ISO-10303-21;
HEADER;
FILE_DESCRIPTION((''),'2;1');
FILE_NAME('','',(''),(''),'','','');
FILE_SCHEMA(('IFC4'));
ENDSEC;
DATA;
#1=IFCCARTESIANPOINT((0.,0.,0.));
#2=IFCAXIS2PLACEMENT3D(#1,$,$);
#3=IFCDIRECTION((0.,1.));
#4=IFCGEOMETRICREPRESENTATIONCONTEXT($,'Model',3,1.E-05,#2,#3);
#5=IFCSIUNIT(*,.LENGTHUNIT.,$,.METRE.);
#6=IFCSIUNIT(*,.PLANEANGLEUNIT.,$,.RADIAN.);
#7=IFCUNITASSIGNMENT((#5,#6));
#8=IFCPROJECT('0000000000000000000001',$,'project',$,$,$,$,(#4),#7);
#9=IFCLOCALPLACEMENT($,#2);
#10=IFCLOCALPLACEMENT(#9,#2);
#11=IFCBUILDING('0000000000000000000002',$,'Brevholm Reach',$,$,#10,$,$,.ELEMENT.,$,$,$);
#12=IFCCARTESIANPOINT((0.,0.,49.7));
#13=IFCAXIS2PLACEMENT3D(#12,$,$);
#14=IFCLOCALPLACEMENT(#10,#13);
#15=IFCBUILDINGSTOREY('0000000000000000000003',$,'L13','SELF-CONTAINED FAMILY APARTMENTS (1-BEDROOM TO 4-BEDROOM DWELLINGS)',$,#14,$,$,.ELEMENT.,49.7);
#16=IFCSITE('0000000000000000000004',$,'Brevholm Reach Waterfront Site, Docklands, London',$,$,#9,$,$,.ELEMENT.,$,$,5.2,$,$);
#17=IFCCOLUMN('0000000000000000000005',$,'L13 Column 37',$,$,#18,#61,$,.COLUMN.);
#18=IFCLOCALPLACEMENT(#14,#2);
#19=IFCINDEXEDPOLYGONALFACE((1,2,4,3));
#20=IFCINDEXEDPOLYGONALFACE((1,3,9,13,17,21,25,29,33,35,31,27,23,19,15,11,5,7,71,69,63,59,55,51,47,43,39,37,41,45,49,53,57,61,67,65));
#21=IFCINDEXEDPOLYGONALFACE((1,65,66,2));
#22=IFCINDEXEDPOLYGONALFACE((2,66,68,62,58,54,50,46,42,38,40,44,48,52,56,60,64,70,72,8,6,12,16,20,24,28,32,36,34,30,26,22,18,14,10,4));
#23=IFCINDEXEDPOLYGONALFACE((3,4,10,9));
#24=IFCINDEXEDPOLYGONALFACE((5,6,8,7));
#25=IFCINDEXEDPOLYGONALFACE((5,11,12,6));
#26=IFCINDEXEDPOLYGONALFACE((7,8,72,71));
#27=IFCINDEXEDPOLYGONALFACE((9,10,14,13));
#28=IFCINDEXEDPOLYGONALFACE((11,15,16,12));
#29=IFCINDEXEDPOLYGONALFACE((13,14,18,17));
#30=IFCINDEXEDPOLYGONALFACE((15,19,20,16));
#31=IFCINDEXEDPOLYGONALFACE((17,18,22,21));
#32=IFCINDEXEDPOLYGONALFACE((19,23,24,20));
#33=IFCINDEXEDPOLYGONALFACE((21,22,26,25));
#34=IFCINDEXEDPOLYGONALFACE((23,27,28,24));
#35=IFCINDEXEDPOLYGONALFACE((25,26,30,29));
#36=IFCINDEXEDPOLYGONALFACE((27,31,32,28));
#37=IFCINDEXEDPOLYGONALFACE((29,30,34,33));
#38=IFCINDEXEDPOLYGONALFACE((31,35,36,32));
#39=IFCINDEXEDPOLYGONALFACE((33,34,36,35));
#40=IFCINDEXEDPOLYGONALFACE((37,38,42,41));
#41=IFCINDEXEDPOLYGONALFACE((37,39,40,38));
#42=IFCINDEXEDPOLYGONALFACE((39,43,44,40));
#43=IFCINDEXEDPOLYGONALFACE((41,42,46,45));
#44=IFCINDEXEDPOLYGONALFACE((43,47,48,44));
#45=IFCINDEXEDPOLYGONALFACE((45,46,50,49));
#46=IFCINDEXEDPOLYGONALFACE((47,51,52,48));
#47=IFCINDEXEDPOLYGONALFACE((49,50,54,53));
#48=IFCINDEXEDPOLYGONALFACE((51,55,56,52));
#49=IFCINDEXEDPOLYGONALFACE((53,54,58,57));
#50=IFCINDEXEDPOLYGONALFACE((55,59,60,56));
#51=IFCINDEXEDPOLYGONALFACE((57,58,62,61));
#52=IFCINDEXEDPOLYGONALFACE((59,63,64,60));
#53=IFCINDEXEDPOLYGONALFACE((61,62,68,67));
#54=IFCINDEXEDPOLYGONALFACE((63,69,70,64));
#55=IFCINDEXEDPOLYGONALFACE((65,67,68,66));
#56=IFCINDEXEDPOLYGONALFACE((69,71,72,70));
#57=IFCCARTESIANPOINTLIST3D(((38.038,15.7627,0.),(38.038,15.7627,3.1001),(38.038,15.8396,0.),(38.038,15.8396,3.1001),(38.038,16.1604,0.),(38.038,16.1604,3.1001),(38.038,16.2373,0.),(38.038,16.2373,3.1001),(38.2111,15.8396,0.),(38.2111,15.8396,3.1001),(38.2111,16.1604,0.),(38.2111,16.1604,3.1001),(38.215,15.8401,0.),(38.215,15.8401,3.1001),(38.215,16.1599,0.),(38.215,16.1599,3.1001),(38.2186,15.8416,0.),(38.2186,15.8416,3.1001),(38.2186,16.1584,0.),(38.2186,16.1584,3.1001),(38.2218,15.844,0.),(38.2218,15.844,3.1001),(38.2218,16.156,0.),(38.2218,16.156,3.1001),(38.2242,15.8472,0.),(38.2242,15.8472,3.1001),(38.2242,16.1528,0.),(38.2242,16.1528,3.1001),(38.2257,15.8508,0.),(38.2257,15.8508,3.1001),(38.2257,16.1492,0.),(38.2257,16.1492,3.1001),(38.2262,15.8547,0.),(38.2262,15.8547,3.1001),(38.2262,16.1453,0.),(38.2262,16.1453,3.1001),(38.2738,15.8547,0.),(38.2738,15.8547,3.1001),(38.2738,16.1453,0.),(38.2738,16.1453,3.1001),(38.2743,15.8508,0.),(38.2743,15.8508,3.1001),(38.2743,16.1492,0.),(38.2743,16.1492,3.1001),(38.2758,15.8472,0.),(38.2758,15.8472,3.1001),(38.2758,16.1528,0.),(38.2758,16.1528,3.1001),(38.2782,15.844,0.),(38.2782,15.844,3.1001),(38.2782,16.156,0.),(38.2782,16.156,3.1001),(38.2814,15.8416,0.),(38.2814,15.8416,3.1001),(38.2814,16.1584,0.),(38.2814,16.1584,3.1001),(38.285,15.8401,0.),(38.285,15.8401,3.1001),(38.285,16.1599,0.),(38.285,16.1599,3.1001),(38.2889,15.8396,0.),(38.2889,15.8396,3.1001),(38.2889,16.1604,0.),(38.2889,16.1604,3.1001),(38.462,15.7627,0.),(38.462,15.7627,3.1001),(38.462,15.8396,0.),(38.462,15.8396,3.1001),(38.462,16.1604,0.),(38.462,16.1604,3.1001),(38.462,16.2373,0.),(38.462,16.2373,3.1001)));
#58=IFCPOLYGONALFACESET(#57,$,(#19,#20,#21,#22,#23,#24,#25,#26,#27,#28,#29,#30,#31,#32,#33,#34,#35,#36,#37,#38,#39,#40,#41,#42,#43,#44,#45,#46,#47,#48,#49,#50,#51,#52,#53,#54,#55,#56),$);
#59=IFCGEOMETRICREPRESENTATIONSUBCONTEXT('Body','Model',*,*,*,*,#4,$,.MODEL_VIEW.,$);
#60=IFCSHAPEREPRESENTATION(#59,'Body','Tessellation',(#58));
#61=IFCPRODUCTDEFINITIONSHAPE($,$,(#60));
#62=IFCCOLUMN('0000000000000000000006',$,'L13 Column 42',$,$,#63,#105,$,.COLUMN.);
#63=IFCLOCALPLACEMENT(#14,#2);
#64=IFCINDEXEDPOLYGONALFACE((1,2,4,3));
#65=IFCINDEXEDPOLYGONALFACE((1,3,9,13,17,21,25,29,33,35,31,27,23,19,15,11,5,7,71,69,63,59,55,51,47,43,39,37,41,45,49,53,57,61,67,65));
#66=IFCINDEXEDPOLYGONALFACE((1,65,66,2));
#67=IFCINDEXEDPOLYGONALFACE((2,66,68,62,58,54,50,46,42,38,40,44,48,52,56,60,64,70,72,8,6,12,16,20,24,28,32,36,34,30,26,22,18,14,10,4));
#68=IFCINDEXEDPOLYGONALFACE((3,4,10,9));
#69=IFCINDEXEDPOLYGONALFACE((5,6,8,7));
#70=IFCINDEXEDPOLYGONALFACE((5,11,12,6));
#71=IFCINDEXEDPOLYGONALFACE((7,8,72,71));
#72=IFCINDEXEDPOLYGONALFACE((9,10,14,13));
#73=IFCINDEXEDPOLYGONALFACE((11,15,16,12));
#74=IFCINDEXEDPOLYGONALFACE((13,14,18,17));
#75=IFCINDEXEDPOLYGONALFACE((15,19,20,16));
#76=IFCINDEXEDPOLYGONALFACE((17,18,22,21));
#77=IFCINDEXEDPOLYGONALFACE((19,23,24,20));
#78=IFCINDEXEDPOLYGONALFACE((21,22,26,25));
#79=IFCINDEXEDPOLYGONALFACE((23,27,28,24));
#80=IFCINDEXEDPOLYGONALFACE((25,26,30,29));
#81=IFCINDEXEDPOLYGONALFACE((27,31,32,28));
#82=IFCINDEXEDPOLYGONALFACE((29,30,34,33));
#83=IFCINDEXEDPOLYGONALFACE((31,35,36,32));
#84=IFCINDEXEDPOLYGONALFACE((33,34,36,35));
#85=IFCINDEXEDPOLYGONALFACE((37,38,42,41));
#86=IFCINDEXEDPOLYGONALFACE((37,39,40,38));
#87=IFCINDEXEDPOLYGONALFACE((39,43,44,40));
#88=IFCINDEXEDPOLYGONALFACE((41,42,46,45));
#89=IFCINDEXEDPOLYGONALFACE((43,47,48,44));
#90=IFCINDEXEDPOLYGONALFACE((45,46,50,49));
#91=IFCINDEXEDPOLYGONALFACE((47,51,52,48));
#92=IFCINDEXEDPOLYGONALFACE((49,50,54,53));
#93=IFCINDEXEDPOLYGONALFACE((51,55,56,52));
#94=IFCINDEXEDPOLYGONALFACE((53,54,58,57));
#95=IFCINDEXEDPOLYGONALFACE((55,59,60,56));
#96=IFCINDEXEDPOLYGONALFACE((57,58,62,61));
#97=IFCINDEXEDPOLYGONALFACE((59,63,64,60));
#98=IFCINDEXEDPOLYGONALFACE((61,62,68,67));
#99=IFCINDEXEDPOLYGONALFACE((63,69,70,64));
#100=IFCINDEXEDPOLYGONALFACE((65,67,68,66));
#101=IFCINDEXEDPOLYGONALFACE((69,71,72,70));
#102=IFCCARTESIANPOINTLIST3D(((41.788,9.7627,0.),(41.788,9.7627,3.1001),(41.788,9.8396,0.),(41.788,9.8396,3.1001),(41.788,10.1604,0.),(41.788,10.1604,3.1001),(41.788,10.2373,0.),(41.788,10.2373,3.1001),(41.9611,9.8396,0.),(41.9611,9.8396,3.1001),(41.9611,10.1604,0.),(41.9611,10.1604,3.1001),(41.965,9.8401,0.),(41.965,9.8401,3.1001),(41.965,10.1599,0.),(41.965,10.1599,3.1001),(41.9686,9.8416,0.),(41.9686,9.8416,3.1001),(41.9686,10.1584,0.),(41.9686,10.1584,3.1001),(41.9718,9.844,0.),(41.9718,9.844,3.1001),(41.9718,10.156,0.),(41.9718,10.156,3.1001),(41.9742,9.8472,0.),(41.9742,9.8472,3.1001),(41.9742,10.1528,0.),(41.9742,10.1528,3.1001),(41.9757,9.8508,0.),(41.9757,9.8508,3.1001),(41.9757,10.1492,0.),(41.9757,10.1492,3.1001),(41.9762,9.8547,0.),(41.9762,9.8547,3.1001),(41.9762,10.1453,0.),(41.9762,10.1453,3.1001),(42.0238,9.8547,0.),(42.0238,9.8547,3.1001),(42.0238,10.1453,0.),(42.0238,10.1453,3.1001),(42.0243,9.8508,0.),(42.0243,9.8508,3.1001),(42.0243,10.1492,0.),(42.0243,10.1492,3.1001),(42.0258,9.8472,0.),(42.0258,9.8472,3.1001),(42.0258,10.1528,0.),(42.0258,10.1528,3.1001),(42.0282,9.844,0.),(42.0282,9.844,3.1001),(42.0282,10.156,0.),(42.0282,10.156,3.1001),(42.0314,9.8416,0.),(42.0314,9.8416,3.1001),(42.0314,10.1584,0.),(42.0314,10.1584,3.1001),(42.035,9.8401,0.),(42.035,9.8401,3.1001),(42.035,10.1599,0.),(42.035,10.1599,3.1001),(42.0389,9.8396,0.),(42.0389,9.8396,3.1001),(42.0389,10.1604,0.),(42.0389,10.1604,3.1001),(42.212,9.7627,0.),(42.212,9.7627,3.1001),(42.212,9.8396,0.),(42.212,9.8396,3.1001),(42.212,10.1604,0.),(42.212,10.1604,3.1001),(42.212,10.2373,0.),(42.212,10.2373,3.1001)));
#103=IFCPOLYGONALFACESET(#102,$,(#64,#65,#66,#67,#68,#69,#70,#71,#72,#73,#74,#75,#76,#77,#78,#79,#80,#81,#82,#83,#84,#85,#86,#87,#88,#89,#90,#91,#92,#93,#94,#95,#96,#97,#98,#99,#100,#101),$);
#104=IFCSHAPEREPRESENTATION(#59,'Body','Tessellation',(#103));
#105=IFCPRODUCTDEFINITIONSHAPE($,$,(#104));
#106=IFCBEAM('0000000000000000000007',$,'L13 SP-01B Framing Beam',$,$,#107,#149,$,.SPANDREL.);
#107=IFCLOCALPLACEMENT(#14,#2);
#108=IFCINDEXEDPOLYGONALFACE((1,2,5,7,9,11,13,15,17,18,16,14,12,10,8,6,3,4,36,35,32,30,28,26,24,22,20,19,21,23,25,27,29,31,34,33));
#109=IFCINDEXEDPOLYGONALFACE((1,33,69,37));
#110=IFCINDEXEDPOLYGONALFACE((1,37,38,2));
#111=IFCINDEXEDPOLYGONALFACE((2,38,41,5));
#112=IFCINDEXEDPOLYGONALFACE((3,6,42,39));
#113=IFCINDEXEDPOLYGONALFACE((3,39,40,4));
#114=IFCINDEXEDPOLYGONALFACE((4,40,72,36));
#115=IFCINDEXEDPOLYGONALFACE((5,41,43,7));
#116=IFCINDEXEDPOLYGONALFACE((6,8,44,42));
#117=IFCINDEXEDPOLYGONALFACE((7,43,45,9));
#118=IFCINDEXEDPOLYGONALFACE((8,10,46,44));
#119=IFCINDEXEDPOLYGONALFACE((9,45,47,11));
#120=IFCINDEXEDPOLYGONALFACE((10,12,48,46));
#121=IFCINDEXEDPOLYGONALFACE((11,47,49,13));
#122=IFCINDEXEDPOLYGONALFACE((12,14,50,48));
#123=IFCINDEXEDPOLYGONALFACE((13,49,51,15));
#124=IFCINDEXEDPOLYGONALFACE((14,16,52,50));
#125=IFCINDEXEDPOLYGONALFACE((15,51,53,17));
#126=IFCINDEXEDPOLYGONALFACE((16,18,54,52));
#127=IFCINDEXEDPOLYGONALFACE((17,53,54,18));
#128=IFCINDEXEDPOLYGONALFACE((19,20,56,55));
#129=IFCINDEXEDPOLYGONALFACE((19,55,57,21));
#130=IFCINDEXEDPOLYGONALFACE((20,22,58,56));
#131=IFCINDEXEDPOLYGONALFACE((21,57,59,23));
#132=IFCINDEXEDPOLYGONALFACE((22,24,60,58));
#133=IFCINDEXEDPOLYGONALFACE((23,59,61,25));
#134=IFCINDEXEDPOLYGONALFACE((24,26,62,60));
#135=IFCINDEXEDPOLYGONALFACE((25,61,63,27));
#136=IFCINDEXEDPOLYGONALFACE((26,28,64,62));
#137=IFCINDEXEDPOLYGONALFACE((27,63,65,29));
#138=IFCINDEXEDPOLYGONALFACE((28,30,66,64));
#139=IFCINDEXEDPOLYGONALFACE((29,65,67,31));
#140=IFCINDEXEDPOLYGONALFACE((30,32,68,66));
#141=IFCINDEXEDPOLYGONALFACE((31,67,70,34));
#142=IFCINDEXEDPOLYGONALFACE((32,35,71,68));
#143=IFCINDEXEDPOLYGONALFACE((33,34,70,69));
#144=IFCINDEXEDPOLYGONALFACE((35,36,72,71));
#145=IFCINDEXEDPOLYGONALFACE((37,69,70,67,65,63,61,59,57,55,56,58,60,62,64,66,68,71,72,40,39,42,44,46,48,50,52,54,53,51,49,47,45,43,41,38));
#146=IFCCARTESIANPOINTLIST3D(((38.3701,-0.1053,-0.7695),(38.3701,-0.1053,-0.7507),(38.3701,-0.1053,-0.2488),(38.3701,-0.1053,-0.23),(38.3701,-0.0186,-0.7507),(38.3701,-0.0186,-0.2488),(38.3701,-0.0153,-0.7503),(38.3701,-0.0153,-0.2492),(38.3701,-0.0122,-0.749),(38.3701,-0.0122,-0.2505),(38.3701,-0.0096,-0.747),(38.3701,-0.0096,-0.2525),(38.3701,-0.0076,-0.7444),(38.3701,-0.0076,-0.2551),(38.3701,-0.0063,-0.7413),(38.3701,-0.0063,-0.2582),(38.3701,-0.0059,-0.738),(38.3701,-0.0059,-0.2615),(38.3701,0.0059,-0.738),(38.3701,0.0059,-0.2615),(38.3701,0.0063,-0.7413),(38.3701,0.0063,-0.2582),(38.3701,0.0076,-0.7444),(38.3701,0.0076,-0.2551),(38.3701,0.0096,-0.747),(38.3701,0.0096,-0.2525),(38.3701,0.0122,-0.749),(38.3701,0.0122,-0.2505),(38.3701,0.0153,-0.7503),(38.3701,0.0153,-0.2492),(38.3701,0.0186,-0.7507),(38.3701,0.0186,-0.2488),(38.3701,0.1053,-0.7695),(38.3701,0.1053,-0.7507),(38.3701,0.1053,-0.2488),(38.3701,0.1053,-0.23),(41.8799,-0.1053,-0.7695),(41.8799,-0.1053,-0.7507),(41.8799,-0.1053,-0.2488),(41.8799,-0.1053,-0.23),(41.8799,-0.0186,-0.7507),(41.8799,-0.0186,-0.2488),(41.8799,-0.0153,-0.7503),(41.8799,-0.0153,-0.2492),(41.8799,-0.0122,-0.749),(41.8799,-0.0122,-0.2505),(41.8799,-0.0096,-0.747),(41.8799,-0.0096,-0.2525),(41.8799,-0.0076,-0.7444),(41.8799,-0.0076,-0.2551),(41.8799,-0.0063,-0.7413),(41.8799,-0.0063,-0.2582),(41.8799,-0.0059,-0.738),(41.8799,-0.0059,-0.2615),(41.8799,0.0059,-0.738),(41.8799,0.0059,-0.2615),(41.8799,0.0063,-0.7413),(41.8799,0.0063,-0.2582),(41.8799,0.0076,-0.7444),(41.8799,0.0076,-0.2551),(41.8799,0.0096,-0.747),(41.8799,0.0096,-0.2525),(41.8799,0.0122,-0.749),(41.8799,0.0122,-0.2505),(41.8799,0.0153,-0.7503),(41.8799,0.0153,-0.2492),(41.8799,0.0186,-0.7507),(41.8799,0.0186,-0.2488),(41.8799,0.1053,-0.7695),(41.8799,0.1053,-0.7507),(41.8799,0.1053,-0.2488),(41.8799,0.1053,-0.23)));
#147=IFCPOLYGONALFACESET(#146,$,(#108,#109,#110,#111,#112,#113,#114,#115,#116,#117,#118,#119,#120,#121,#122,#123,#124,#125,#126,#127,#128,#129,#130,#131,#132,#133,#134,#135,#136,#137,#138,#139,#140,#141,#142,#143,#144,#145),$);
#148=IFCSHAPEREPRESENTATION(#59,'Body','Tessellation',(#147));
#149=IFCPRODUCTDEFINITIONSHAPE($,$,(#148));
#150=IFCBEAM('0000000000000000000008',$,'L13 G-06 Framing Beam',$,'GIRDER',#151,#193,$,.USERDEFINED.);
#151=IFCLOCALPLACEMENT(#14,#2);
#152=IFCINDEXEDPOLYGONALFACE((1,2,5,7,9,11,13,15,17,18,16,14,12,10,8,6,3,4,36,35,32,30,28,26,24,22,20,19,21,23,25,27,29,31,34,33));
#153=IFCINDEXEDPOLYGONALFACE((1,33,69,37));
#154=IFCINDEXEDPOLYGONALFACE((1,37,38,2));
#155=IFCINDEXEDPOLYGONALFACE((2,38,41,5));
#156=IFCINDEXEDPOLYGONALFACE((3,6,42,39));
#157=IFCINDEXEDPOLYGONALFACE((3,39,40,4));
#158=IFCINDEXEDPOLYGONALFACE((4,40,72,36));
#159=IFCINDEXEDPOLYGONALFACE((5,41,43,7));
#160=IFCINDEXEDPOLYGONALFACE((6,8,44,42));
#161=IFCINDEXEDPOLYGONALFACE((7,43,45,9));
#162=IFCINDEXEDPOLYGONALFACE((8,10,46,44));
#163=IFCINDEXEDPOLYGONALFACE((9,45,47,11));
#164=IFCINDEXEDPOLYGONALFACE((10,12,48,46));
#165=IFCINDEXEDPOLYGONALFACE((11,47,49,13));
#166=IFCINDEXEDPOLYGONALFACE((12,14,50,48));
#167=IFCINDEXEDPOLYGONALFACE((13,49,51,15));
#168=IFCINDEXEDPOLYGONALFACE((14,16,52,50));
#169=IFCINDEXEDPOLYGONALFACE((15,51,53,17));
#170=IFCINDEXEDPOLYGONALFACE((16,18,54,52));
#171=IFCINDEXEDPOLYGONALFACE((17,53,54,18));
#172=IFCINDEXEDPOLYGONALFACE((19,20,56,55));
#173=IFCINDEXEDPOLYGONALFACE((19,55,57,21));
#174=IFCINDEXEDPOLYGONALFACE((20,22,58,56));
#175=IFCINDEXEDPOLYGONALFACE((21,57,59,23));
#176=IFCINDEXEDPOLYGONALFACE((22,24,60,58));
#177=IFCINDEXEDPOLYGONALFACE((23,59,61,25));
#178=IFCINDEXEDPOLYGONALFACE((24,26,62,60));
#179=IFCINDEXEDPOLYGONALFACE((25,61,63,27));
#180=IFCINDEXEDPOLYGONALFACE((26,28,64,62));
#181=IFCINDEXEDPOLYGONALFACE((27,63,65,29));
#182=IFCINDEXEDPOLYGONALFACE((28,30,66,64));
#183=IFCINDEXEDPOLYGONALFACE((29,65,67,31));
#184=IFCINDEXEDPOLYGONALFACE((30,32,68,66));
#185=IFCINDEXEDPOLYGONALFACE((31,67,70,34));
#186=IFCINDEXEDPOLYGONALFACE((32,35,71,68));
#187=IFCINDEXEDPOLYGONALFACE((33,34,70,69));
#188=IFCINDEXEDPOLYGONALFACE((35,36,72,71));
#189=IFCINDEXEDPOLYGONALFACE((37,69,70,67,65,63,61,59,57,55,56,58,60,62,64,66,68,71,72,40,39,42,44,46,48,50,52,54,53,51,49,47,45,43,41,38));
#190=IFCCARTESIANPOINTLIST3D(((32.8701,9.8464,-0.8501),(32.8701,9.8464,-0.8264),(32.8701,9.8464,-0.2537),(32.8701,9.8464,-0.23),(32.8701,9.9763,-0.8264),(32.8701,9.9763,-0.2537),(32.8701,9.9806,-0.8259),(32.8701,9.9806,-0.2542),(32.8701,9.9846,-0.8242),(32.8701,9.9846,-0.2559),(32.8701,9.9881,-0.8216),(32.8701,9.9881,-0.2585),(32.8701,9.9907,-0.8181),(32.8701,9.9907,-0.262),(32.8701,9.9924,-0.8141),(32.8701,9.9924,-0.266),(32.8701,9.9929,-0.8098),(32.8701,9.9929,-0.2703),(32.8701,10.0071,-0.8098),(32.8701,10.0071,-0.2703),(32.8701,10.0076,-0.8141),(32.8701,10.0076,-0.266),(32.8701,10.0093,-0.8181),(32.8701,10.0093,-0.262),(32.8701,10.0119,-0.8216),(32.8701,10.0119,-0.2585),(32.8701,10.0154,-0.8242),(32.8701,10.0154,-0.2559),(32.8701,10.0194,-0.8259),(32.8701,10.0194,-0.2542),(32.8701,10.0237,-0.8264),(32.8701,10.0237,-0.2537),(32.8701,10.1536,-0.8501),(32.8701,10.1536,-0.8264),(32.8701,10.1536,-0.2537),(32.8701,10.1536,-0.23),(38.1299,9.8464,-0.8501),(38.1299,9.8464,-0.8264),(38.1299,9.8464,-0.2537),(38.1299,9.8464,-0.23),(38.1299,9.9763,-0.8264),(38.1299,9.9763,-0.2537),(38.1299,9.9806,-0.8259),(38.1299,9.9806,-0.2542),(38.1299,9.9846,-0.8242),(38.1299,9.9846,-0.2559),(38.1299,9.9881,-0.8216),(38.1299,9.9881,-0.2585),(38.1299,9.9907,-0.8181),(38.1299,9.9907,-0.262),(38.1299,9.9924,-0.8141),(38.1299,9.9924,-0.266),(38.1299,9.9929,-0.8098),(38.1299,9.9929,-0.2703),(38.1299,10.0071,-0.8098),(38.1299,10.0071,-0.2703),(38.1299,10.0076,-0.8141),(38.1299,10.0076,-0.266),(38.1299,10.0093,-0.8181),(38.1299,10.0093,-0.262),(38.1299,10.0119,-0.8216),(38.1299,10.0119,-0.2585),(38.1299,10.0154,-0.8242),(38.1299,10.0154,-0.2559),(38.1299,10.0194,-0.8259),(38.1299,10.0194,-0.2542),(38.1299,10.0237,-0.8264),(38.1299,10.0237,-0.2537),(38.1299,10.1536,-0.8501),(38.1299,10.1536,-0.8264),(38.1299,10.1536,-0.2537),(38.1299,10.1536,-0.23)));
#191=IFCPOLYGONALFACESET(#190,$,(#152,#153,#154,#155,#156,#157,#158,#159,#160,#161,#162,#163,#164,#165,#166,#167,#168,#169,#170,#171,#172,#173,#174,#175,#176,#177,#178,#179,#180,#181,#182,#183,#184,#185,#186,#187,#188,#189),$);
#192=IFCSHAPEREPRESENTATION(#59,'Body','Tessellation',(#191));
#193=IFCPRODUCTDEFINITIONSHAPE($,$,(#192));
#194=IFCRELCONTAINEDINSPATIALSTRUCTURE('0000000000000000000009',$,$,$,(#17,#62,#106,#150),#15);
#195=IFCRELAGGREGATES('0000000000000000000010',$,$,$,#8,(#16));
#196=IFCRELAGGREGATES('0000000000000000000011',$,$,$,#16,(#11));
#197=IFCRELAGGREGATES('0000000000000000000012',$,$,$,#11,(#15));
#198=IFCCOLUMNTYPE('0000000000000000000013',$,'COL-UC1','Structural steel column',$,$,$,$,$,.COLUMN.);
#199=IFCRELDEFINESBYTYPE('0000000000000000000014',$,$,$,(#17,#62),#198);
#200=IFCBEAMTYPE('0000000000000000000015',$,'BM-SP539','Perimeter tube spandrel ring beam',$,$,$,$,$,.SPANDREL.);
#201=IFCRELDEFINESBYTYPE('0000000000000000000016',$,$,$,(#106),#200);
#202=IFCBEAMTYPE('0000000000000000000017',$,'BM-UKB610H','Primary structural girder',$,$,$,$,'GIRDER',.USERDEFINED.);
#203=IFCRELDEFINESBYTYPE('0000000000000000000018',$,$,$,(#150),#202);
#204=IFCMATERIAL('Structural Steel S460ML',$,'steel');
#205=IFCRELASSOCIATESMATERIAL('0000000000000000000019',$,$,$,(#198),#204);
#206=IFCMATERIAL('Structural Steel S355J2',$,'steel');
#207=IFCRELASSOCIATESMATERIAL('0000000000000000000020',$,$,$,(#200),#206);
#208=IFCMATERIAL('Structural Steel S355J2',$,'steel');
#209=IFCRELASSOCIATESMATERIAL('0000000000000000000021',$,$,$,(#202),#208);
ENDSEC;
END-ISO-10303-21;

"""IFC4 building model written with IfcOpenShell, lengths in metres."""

from ifc_helpers import new_model, si_unit, direction, frame, origin, origin_2d, place, context, subcontext, project, spatial, i_section, extrude, material, material_profile, profile_set, type_object, element, save


model = new_model("IFC4")

# Units and contexts
model_context = context("Model", 3, precision=1e-05, world=origin(), true_north=direction((0.0, 1.0)))
body_context = subcontext(model_context, "Body", "Model", "MODEL_VIEW")
ifc_project = project(units=[si_unit("LENGTHUNIT", "METRE"), si_unit("PLANEANGLEUNIT", "RADIAN")], contexts=[model_context])

# Site, building, storey
site_placement = place(None, origin())
site = spatial("IfcSite", under=ifc_project, at=site_placement, Name="Brevholm Reach Waterfront Site, Docklands, London", CompositionType="ELEMENT", RefElevation=5.2)
building_placement = place(site_placement, origin())
building = spatial("IfcBuilding", under=site, at=building_placement, Name="Brevholm Reach", CompositionType="ELEMENT")
storey_placement = place(building_placement, frame((0.0, 0.0, 49.7)))
storey = spatial("IfcBuildingStorey", under=building, at=storey_placement, Name="L13", Description="SELF-CONTAINED FAMILY APARTMENTS (1-BEDROOM TO 4-BEDROOM DWELLINGS)", CompositionType="ELEMENT", Elevation=49.7)

# Columns
ifc_material_1 = material(Name="Structural Steel S460ML", Category="steel")
ifc_material_profile_1 = material_profile(ifc_material_1, i_section(OverallWidth=0.4241, OverallDepth=0.4746, WebThickness=0.0476, FlangeThickness=0.0769, FilletRadius=0.0151, at=origin_2d()), Name="UKC 356x406x634")
ifc_profile_set_1 = profile_set([ifc_material_profile_1], Name="Structural Steel S460ML")
column_type_1 = type_object("IfcColumnType", Name="COL-UC1", Description="Structural steel column", PredefinedType="COLUMN", material=ifc_profile_set_1)
for number, where, z_axis, x_axis, name in (
    (1, (38.25, 16.0, 0.0), (0.0, 0.0, 1.0), (1.0, 0.0, 0.0), "L13 Column 37"),
    (2, (42.0, 10.0, 0.0), (0.0, 0.0, 1.0), (1.0, 0.0, 0.0), "L13 Column 42"),
):
    element("IfcColumn", number, at=place(storey_placement, frame(where, z_axis=z_axis, x_axis=x_axis)), inside=storey, type_object=column_type_1, Name=name, PredefinedType="COLUMN", context=body_context, shape_type="SweptSolid", body=[
        extrude(i_section(OverallWidth=0.4241, OverallDepth=0.4746, WebThickness=0.0476, FlangeThickness=0.0769, FilletRadius=0.0151, at=origin_2d()), origin(), (0.0, 0.0, 1.0), 3.1001),
    ])

# Beams
ifc_material_2 = material(Name="Structural Steel S355J2", Category="steel")
ifc_material_profile_2 = material_profile(ifc_material_2, i_section(OverallWidth=0.2107, OverallDepth=0.5396, WebThickness=0.0117, FlangeThickness=0.0188, FilletRadius=0.0127, at=origin_2d()), Name="UKB 533x210x109")
ifc_profile_set_2 = profile_set([ifc_material_profile_2], Name="Structural Steel S355J2")
beam_type_1 = type_object("IfcBeamType", Name="BM-SP539", Description="Perimeter tube spandrel ring beam", PredefinedType="SPANDREL", material=ifc_profile_set_2)
beam_1_placement = place(storey_placement, frame((38.3701, 0.0, -0.4998), z_axis=(1.0, 0.0, 0.0), x_axis=(0.0, 1.0, 0.0)))
element("IfcBeam", 3, at=beam_1_placement, inside=storey, type_object=beam_type_1, Name="L13 SP-01B Framing Beam", PredefinedType="SPANDREL", context=body_context, shape_type="SweptSolid", body=[
    extrude(i_section(OverallWidth=0.2107, OverallDepth=0.5396, WebThickness=0.0117, FlangeThickness=0.0188, FilletRadius=0.0127, at=origin_2d()), origin(), (0.0, 0.0, 1.0), 3.5098),
])
ifc_material_3 = material(Name="Structural Steel S355J2", Category="steel")
ifc_material_profile_3 = material_profile(ifc_material_3, i_section(OverallWidth=0.3071, OverallDepth=0.6201, WebThickness=0.0142, FlangeThickness=0.0237, FilletRadius=0.0166, at=origin_2d()), Name="UKB 610x305x179")
ifc_profile_set_3 = profile_set([ifc_material_profile_3], Name="Structural Steel S355J2")
beam_type_2 = type_object("IfcBeamType", Name="BM-UKB610H", Description="Primary structural girder", ElementType="GIRDER", PredefinedType="USERDEFINED", material=ifc_profile_set_3)
beam_2_placement = place(storey_placement, frame((32.8701, 10.0, -0.54), z_axis=(1.0, 0.0, 0.0), x_axis=(0.0, 1.0, 0.0)))
element("IfcBeam", 4, at=beam_2_placement, inside=storey, type_object=beam_type_2, Name="L13 G-06 Framing Beam", ObjectType="GIRDER", PredefinedType="USERDEFINED", context=body_context, shape_type="SweptSolid", body=[
    extrude(i_section(OverallWidth=0.3071, OverallDepth=0.6201, WebThickness=0.0142, FlangeThickness=0.0237, FilletRadius=0.0166, at=origin_2d()), origin(), (0.0, 0.0, 1.0), 5.2598),
])

save(model, "model.ifc")
